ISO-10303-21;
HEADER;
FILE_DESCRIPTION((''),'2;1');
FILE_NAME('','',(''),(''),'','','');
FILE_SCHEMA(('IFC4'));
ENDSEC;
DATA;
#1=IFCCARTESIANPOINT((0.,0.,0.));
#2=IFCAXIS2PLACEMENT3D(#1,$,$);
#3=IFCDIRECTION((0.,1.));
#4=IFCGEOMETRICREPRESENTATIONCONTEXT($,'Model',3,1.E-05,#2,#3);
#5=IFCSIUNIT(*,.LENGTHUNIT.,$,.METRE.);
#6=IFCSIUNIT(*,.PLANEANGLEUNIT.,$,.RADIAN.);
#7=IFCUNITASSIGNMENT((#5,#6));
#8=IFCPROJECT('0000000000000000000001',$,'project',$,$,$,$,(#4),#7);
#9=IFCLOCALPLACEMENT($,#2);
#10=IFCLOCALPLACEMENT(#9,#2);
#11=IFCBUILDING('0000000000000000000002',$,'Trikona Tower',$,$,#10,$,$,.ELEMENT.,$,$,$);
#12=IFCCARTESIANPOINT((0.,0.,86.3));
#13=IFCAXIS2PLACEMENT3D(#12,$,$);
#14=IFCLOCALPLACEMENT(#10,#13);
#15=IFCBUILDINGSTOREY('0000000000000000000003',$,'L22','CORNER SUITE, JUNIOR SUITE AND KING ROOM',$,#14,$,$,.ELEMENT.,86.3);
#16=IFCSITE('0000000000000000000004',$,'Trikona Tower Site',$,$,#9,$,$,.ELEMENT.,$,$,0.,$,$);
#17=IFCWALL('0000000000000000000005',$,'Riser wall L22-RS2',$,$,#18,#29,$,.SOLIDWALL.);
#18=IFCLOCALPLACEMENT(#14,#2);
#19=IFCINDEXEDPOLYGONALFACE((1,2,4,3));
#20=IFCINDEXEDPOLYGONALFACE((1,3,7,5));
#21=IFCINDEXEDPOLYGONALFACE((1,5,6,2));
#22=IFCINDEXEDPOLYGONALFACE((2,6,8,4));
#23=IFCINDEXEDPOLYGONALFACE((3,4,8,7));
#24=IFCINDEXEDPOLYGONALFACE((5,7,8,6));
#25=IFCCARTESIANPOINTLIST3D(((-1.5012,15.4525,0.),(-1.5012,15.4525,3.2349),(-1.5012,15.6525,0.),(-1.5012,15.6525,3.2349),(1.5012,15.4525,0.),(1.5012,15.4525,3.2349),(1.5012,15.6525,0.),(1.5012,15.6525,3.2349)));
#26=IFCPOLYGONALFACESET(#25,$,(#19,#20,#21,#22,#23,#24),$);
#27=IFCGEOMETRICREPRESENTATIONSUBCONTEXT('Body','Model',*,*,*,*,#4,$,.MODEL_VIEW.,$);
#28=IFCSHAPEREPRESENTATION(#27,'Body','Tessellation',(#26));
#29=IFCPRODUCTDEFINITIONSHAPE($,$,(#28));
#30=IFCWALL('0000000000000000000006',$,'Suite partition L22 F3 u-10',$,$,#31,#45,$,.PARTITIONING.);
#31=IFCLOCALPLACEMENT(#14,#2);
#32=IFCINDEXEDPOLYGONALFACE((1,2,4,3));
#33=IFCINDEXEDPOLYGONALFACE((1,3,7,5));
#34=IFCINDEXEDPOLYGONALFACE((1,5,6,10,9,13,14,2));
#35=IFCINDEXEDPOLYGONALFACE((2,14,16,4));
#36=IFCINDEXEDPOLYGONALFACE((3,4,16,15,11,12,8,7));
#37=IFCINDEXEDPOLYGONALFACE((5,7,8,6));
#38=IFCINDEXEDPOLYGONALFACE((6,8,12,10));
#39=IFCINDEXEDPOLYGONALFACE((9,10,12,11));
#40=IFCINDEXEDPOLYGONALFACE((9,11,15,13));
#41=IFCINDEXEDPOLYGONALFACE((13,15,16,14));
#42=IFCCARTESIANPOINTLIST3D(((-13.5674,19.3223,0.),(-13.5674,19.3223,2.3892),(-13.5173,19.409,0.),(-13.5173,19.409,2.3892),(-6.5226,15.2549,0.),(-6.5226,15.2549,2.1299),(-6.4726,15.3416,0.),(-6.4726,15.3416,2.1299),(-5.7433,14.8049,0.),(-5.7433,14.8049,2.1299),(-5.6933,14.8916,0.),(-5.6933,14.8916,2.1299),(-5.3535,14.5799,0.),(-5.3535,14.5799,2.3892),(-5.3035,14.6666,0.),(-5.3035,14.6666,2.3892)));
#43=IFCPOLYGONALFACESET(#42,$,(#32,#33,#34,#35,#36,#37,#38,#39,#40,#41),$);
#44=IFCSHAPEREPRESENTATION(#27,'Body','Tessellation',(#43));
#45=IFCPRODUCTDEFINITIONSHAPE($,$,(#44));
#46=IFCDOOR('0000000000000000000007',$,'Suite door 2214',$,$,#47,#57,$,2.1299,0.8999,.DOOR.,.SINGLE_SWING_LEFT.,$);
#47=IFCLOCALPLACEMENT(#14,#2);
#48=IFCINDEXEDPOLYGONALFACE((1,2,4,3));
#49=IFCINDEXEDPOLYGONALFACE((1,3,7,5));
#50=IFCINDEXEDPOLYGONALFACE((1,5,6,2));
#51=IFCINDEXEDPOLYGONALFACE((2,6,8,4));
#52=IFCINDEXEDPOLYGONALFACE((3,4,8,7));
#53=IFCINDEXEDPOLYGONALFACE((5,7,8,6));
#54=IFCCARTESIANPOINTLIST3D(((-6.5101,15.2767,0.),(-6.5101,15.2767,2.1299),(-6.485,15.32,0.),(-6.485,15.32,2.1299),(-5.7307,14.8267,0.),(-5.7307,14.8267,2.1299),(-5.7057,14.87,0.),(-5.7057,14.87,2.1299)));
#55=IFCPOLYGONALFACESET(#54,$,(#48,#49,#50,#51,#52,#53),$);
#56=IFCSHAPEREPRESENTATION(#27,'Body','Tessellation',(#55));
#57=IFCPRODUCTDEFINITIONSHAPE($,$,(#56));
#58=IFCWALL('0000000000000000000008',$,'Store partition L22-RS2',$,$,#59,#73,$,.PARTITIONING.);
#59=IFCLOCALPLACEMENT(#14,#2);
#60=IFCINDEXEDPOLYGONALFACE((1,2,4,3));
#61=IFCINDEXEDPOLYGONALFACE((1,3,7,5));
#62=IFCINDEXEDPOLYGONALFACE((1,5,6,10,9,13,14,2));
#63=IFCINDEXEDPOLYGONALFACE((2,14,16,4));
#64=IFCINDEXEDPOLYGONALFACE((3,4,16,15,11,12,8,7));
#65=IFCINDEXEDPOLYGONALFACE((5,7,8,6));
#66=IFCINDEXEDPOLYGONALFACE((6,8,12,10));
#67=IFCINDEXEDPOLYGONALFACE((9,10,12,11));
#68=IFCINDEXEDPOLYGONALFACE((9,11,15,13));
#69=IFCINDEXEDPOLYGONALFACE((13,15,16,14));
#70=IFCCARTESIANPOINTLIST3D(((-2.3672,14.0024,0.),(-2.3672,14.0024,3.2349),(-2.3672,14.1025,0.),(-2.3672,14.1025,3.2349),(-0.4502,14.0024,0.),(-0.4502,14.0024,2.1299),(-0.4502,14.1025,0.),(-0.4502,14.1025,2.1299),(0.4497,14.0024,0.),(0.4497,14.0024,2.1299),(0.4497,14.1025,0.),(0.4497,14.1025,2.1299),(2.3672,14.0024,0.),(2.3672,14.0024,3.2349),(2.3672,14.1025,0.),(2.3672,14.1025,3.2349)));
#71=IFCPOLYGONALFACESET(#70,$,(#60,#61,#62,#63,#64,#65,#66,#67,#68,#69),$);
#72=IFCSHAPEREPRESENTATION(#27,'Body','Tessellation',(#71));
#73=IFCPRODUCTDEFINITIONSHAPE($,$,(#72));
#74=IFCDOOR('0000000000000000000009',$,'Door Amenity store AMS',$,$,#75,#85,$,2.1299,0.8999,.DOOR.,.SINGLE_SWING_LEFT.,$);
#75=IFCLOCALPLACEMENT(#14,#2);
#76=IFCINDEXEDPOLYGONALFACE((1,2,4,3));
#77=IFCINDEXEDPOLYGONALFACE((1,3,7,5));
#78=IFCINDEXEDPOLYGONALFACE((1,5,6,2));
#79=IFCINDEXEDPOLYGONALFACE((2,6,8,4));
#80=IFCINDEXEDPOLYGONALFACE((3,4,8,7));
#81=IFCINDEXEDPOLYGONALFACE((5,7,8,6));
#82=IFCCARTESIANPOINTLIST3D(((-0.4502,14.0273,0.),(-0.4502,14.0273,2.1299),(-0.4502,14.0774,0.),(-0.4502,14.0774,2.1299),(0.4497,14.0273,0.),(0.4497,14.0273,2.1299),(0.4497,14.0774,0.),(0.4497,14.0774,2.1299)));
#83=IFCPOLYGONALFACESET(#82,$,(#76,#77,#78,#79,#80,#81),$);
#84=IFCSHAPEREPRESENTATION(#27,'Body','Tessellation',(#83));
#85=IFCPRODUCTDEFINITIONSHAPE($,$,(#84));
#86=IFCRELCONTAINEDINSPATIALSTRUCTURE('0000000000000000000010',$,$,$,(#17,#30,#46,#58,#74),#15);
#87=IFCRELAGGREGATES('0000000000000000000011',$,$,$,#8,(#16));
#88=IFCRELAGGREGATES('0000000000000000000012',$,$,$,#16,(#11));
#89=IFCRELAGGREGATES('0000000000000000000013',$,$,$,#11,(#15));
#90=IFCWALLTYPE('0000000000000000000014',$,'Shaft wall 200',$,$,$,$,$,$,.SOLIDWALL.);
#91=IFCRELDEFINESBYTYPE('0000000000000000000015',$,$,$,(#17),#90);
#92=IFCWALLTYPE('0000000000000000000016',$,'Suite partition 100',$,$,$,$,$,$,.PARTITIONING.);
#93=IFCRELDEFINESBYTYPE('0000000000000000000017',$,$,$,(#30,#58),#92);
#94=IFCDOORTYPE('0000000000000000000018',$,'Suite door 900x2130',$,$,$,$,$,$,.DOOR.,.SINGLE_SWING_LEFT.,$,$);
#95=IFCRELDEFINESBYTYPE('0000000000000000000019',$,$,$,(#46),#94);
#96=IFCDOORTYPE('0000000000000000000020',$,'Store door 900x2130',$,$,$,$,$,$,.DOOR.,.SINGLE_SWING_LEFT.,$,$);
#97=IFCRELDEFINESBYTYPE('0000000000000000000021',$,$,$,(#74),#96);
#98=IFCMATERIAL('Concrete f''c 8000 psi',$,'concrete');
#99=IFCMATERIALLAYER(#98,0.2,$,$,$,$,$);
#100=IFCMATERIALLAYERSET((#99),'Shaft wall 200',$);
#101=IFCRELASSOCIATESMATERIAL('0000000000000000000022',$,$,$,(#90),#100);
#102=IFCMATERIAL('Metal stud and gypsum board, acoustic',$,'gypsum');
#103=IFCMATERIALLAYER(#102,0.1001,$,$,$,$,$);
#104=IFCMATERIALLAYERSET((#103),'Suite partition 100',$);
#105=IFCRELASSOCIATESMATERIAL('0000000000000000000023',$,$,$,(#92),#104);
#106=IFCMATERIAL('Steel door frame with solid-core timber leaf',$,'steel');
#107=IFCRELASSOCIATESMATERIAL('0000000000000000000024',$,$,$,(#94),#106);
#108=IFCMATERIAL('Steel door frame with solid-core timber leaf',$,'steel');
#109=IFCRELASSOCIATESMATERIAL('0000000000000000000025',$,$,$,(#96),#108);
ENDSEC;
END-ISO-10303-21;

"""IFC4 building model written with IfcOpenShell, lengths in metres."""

from ifc_helpers import new_model, si_unit, direction, frame, frame_2d, origin, place, context, subcontext, project, spatial, rectangle, extrude, material, layer, layer_set, type_object, element, fill, save


model = new_model("IFC4")

# Units and contexts
model_context = context("Model", 3, precision=1e-05, world=origin(), true_north=direction((0.0, 1.0)))
body_context = subcontext(model_context, "Body", "Model", "MODEL_VIEW")
ifc_project = project(units=[si_unit("LENGTHUNIT", "METRE"), si_unit("PLANEANGLEUNIT", "RADIAN")], contexts=[model_context])

# Site, building, storey
site_placement = place(None, origin())
site = spatial("IfcSite", under=ifc_project, at=site_placement, Name="Trikona Tower Site", CompositionType="ELEMENT", RefElevation=0.0)
building_placement = place(site_placement, origin())
building = spatial("IfcBuilding", under=site, at=building_placement, Name="Trikona Tower", CompositionType="ELEMENT")
storey_placement = place(building_placement, frame((0.0, 0.0, 86.3)))
storey = spatial("IfcBuildingStorey", under=building, at=storey_placement, Name="L22", Description="CORNER SUITE, JUNIOR SUITE AND KING ROOM", CompositionType="ELEMENT", Elevation=86.3)

# Wall
ifc_material_1 = material(Name="Concrete f'c 8000 psi", Category="concrete")
ifc_layer_1 = layer(ifc_material_1, 0.2)
ifc_layer_set_1 = layer_set([ifc_layer_1], Name="Shaft wall 200")
wall_type_1 = type_object("IfcWallType", Name="Shaft wall 200", PredefinedType="SOLIDWALL", material=ifc_layer_set_1)
wall_1_placement = place(storey_placement, frame((-1.5012, 15.5525, 0.0), z_axis=(0.0, 0.0, 1.0), x_axis=(1.0, 0.0, 0.0)))
element("IfcWall", 1, at=wall_1_placement, inside=storey, type_object=wall_type_1, Name="Riser wall L22-RS2", PredefinedType="SOLIDWALL", context=body_context, shape_type="SweptSolid", body=[
    extrude(rectangle(XDim=3.0024, YDim=0.2, at=frame_2d((1.5012, 0.0))), origin(), (0.0, 0.0, 1.0), 3.2349),
])

# Walls, openings, doors
ifc_material_2 = material(Name="Metal stud and gypsum board, acoustic", Category="gypsum")
ifc_layer_2 = layer(ifc_material_2, 0.1001)
ifc_layer_set_2 = layer_set([ifc_layer_2], Name="Suite partition 100")
wall_type_2 = type_object("IfcWallType", Name="Suite partition 100", PredefinedType="PARTITIONING", material=ifc_layer_set_2)
wall_2_placement = place(storey_placement, frame((-5.3286, 14.6233, 0.0), z_axis=(0.0, 0.0, 1.0), x_axis=(-0.866018, 0.500012, 0.0)))
wall_2 = element("IfcWall", 2, at=wall_2_placement, inside=storey, type_object=wall_type_2, Name="Suite partition L22 F3 u-10", PredefinedType="PARTITIONING", context=body_context, shape_type="SweptSolid", body=[
    extrude(rectangle(XDim=9.4846, YDim=0.1001, at=frame_2d((4.7422, 0.0))), origin(), (0.0, 0.0, 1.0), 2.3892),
])
opening_1_placement = place(wall_2_placement, frame((0.45, 0.0, 0.0)))
opening_1 = element("IfcOpeningElement", 3, at=opening_1_placement, cuts=wall_2, PredefinedType="OPENING", context=body_context, shape_type="SweptSolid", body=[
    extrude(rectangle(XDim=0.8999, YDim=2.1299, at=frame_2d((0.45, 1.0649))), frame((0.0, 0.0601, 0.0), z_axis=(0.0, -1.0, 0.0), x_axis=(1.0, 0.0, 0.0)), (0.0, 0.0, 1.0), 0.1201),
])
ifc_material_3 = material(Name="Steel door frame with solid-core timber leaf", Category="steel")
door_type_1 = type_object("IfcDoorType", Name="Suite door 900x2130", OperationType="SINGLE_SWING_LEFT", PredefinedType="DOOR", material=ifc_material_3)
door_1_placement = place(opening_1_placement, origin())
door_1 = element("IfcDoor", 4, at=door_1_placement, inside=storey, type_object=door_type_1, Name="Suite door 2214", OperationType="SINGLE_SWING_LEFT", OverallHeight=2.1299, OverallWidth=0.8999, PredefinedType="DOOR", context=body_context, shape_type="SweptSolid", body=[
    extrude(rectangle(XDim=0.8999, YDim=2.1299, at=frame_2d((0.45, 1.0649))), frame((0.0, 0.0249, 0.0), z_axis=(0.0, -1.0, 0.0), x_axis=(1.0, 0.0, 0.0)), (0.0, 0.0, 1.0), 0.05),
])
fill(opening_1, door_1)
wall_3_placement = place(storey_placement, frame((-2.3672, 14.0525, 0.0), z_axis=(0.0, 0.0, 1.0), x_axis=(1.0, 0.0, 0.0)))
wall_3 = element("IfcWall", 5, at=wall_3_placement, inside=storey, type_object=wall_type_2, Name="Store partition L22-RS2", PredefinedType="PARTITIONING", context=body_context, shape_type="SweptSolid", body=[
    extrude(rectangle(XDim=4.7344, YDim=0.1001, at=frame_2d((2.3672, 0.0))), origin(), (0.0, 0.0, 1.0), 3.2349),
])
opening_2_placement = place(wall_3_placement, frame((1.917, 0.0, 0.0)))
opening_2 = element("IfcOpeningElement", 6, at=opening_2_placement, cuts=wall_3, PredefinedType="OPENING", context=body_context, shape_type="SweptSolid", body=[
    extrude(rectangle(XDim=0.8999, YDim=2.1299, at=frame_2d((0.45, 1.0649))), frame((0.0, 0.0601, 0.0), z_axis=(0.0, -1.0, 0.0), x_axis=(1.0, 0.0, 0.0)), (0.0, 0.0, 1.0), 0.1201),
])
ifc_material_4 = material(Name="Steel door frame with solid-core timber leaf", Category="steel")
door_type_2 = type_object("IfcDoorType", Name="Store door 900x2130", OperationType="SINGLE_SWING_LEFT", PredefinedType="DOOR", material=ifc_material_4)
door_2_placement = place(opening_2_placement, origin())
door_2 = element("IfcDoor", 7, at=door_2_placement, inside=storey, type_object=door_type_2, Name="Door Amenity store AMS", OperationType="SINGLE_SWING_LEFT", OverallHeight=2.1299, OverallWidth=0.8999, PredefinedType="DOOR", context=body_context, shape_type="SweptSolid", body=[
    extrude(rectangle(XDim=0.8999, YDim=2.1299, at=frame_2d((0.45, 1.0649))), frame((0.0, 0.0249, 0.0), z_axis=(0.0, -1.0, 0.0), x_axis=(1.0, 0.0, 0.0)), (0.0, 0.0, 1.0), 0.05),
])
fill(opening_2, door_2)

save(model, "model.ifc")
